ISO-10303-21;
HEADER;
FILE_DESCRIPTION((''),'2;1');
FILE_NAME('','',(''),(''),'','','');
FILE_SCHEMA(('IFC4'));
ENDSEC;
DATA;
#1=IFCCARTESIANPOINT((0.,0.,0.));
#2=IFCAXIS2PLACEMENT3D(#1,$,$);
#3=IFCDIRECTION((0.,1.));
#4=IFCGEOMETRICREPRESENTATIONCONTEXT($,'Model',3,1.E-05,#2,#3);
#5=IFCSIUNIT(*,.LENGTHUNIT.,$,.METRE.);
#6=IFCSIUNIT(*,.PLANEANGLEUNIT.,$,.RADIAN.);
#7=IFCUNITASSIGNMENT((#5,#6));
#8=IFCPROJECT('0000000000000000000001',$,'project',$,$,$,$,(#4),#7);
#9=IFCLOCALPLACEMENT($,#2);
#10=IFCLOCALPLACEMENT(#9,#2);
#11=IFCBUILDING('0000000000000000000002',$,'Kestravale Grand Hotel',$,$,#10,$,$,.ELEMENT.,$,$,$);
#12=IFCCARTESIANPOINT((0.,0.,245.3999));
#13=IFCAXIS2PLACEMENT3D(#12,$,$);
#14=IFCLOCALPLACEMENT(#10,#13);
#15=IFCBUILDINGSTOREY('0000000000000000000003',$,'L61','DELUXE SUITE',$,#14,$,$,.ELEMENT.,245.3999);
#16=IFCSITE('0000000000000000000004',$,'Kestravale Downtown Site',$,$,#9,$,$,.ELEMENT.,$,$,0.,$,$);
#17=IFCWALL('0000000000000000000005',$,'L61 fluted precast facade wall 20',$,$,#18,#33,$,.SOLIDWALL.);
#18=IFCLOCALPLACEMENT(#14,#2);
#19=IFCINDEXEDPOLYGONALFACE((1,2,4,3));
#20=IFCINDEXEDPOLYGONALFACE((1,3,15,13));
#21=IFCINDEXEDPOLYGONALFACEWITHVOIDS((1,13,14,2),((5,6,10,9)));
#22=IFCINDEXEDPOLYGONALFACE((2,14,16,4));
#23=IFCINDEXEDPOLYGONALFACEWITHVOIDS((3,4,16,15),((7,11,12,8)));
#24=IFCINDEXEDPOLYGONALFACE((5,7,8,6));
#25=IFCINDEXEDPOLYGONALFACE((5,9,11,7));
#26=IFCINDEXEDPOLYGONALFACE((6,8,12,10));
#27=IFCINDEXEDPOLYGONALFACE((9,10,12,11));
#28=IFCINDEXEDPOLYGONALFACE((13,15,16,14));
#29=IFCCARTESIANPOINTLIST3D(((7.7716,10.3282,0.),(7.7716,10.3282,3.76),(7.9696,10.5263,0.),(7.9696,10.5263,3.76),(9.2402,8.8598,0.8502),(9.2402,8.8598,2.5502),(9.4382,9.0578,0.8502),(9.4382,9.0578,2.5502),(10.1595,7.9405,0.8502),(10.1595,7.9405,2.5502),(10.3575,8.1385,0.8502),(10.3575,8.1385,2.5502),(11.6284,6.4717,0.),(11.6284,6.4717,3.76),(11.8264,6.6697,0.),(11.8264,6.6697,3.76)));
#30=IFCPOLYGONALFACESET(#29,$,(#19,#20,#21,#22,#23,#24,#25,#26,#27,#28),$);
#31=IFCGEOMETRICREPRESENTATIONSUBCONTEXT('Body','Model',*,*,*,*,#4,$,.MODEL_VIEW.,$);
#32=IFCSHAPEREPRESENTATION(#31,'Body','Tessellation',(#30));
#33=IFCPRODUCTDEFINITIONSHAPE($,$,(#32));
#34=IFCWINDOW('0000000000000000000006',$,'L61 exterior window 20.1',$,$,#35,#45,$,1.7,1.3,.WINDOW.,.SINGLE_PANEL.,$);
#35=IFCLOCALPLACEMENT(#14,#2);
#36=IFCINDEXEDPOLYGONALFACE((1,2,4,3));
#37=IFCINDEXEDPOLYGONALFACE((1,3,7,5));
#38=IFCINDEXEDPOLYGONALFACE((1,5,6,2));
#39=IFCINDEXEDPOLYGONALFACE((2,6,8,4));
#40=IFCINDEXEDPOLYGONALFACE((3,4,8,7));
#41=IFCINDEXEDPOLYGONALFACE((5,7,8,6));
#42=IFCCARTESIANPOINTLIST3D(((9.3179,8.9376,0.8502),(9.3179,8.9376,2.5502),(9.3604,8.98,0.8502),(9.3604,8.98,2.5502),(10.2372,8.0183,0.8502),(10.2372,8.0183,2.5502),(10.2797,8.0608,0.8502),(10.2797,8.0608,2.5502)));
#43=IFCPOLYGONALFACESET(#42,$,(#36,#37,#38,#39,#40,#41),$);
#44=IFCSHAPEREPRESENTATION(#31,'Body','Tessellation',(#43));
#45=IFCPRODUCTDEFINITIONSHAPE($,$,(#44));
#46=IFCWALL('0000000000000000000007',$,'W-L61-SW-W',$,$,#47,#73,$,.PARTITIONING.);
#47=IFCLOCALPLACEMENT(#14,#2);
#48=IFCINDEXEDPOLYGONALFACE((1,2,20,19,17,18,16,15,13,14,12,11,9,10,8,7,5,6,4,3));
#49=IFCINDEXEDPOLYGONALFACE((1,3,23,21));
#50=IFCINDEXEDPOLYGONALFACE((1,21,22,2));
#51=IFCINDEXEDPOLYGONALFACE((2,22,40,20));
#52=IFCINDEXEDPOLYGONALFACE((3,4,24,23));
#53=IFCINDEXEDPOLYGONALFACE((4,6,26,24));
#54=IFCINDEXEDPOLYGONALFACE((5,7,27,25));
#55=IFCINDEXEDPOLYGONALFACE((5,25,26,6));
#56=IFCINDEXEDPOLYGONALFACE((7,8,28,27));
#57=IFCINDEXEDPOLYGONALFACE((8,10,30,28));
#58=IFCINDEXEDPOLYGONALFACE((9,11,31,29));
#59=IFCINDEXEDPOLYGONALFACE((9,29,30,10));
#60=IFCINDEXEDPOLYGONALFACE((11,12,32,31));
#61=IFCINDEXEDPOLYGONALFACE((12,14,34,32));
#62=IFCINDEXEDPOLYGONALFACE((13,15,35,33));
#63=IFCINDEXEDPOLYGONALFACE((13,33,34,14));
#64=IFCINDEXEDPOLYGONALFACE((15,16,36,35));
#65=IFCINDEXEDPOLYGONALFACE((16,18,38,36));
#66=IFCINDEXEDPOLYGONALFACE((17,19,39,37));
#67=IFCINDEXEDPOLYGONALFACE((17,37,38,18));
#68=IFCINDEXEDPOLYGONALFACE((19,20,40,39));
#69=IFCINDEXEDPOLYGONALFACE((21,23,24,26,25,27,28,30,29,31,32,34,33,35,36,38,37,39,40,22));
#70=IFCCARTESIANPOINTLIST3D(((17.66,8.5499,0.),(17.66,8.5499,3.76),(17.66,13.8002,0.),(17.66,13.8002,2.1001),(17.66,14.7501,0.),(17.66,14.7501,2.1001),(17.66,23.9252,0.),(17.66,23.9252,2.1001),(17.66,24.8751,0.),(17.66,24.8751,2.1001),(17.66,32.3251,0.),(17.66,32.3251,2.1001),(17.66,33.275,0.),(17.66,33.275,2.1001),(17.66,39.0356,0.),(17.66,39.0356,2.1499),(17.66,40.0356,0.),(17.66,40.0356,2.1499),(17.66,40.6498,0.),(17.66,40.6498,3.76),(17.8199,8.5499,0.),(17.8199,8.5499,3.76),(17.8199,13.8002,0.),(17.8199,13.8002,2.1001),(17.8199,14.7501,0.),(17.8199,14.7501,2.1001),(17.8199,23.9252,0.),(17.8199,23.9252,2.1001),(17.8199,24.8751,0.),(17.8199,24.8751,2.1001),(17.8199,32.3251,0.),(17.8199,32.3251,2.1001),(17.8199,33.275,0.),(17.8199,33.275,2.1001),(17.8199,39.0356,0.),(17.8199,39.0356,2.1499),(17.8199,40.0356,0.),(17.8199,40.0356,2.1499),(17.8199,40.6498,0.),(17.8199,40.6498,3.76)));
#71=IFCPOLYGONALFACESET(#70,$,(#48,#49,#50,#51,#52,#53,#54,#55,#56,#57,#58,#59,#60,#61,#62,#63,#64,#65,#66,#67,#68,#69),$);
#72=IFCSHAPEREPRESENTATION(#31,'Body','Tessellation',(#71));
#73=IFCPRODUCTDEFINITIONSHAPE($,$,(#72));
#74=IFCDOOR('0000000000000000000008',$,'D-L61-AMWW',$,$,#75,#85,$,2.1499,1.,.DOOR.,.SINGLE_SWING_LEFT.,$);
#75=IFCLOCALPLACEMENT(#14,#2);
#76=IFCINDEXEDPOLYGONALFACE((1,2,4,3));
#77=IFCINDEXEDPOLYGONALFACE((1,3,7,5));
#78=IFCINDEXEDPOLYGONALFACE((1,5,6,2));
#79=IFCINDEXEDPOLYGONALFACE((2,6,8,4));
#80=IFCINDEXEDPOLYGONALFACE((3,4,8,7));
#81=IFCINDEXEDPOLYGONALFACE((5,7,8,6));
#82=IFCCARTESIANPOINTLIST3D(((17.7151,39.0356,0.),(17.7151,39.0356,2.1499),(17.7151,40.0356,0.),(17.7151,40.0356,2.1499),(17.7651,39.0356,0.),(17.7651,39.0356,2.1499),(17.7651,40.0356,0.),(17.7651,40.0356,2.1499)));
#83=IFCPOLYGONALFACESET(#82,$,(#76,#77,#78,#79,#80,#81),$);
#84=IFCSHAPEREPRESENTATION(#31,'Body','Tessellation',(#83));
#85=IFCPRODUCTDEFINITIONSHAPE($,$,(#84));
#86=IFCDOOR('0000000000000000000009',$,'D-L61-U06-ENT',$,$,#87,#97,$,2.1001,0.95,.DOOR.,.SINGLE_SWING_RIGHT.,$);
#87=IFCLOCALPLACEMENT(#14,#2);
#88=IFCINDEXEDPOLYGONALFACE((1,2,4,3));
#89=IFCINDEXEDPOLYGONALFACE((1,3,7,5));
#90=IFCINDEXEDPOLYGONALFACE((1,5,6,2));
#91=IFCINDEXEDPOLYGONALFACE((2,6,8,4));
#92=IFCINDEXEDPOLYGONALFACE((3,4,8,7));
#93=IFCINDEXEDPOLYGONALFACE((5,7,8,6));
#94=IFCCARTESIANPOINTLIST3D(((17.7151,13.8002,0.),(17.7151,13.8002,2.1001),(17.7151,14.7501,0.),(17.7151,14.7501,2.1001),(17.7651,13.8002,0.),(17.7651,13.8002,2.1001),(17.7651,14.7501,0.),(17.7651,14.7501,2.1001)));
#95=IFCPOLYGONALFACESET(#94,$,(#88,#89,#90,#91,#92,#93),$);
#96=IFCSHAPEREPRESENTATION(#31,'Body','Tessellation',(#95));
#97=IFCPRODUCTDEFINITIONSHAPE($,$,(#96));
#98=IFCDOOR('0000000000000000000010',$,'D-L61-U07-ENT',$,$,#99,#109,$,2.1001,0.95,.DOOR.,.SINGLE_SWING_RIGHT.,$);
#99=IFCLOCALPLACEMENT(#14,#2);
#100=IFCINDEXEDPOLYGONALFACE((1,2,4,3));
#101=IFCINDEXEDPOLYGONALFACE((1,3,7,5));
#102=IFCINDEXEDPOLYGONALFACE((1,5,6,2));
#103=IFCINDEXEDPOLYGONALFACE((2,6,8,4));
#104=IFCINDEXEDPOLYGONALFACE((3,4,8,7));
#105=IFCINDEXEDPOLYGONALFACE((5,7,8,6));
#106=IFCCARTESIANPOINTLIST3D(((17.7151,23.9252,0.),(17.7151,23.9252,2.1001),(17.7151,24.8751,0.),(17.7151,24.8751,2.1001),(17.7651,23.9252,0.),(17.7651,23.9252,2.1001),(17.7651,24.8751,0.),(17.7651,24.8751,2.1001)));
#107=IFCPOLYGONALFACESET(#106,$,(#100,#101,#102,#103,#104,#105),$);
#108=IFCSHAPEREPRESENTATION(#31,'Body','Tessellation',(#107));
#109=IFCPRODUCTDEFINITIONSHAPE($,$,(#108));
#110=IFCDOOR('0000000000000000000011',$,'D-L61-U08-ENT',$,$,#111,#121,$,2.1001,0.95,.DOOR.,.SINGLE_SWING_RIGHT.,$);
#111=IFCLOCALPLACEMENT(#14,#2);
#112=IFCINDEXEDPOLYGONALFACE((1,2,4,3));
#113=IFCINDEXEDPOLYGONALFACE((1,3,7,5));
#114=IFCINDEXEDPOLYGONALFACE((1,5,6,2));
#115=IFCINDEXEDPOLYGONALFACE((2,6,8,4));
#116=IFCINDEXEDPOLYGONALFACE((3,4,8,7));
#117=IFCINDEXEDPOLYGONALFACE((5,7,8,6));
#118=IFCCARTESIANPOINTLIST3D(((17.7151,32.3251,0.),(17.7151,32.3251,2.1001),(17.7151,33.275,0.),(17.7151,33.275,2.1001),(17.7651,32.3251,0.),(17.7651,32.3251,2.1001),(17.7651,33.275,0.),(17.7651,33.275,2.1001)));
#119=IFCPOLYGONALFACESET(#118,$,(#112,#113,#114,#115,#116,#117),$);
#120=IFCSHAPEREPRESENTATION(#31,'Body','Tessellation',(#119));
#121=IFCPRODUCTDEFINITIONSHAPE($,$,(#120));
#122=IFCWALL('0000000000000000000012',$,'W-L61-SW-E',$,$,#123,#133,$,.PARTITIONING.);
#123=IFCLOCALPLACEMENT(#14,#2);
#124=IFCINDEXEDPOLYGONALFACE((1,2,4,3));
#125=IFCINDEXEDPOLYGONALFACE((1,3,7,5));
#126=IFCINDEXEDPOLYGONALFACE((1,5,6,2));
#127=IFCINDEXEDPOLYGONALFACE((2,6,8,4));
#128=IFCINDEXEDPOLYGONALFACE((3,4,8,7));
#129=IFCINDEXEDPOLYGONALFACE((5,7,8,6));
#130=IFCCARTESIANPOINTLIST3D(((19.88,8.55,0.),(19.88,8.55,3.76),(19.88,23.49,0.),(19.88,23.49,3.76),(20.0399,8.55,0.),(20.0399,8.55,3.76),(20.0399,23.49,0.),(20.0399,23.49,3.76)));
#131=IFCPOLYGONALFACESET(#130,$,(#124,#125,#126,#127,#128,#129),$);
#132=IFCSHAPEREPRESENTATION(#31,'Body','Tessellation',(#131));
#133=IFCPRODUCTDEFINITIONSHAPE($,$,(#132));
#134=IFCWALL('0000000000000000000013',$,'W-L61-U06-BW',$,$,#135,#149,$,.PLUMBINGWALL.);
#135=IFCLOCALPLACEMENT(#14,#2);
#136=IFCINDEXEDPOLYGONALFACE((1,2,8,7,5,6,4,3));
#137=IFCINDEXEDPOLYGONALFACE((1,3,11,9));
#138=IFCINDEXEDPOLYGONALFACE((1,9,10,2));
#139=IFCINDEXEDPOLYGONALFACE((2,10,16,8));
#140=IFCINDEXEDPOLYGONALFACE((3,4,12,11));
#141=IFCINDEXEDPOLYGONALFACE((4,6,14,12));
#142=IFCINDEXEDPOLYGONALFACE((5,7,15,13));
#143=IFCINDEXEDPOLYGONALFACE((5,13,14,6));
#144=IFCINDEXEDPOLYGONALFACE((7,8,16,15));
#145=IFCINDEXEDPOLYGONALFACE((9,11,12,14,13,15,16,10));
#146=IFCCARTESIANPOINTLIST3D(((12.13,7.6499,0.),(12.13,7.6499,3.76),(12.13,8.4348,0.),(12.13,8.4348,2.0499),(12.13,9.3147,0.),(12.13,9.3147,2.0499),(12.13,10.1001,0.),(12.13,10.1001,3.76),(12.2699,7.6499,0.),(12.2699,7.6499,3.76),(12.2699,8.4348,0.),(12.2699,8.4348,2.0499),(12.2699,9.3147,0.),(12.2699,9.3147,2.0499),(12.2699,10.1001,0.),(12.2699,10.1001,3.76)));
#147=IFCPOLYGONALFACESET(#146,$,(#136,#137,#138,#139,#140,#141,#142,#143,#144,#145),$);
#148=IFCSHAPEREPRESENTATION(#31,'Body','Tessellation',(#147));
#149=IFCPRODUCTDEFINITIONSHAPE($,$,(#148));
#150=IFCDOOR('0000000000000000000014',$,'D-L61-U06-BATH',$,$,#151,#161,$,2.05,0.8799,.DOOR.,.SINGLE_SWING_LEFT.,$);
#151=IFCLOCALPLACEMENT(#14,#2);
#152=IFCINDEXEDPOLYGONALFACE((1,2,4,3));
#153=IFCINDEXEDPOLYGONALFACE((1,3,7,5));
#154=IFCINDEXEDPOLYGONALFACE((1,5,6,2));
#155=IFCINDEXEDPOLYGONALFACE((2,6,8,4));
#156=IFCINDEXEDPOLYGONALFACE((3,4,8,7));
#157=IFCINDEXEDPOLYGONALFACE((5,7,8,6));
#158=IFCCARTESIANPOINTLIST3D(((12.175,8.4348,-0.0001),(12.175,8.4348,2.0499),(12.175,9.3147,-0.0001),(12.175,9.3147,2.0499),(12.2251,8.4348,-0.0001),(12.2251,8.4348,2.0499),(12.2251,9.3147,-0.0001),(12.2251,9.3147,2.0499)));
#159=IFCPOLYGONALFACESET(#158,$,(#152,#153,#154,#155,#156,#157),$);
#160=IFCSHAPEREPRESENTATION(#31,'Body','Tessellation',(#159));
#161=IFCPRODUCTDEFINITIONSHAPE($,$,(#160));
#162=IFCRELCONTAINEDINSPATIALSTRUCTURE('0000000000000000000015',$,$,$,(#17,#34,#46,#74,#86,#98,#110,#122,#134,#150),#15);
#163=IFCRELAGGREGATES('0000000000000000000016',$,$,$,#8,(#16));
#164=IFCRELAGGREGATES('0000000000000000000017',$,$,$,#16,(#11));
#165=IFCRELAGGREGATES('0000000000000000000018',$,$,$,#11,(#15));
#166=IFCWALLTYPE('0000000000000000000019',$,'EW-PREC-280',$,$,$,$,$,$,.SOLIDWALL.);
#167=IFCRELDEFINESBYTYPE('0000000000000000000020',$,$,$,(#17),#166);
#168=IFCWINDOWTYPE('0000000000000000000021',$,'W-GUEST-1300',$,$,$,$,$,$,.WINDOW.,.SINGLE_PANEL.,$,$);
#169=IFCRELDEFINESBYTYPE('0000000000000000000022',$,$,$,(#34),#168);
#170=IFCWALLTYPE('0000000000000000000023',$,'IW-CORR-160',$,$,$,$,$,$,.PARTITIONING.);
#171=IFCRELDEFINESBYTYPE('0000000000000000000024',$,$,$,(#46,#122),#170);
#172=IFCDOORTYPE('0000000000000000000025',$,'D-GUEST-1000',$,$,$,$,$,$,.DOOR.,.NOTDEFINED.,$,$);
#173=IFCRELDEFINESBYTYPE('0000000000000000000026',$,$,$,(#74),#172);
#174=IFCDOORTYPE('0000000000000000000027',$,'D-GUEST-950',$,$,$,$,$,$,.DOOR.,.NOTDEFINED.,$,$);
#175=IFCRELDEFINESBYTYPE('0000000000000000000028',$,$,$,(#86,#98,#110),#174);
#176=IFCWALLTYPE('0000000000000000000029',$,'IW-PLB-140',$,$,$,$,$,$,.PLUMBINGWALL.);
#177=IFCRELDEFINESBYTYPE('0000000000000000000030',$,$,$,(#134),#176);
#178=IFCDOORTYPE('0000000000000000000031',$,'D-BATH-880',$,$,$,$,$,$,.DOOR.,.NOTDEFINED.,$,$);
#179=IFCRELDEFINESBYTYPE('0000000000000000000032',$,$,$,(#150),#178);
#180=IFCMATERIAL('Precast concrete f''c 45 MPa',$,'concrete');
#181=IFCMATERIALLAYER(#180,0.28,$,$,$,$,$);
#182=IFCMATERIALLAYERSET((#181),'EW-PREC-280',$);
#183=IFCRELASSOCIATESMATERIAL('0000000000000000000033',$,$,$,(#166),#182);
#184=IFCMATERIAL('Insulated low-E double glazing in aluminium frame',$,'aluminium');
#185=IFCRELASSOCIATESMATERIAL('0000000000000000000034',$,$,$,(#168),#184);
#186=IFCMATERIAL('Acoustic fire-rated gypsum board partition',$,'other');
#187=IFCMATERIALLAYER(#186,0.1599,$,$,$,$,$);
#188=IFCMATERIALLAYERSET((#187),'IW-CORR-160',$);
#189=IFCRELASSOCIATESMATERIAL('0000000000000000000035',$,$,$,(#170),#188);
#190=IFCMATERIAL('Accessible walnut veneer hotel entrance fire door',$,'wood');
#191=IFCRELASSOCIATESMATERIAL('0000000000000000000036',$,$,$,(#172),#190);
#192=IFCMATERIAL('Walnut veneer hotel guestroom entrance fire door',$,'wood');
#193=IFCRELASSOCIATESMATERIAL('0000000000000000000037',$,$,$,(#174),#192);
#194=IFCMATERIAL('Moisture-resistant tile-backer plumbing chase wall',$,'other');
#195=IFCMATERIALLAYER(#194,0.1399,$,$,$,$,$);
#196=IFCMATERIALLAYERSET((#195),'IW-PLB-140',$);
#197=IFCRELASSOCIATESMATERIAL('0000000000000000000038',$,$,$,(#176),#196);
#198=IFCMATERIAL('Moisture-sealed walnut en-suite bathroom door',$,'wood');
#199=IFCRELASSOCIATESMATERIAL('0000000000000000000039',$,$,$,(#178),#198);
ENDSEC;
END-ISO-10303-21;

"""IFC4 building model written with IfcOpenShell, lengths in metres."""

from ifc_helpers import new_model, si_unit, direction, frame, frame_2d, origin, place, context, subcontext, project, spatial, rectangle, extrude, material, layer, layer_set, type_object, element, fill, save


model = new_model("IFC4")

# Units and contexts
model_context = context("Model", 3, precision=1e-05, world=origin(), true_north=direction((0.0, 1.0)))
body_context = subcontext(model_context, "Body", "Model", "MODEL_VIEW")
ifc_project = project(units=[si_unit("LENGTHUNIT", "METRE"), si_unit("PLANEANGLEUNIT", "RADIAN")], contexts=[model_context])

# Site, building, storey
site_placement = place(None, origin())
site = spatial("IfcSite", under=ifc_project, at=site_placement, Name="Kestravale Downtown Site", CompositionType="ELEMENT", RefElevation=0.0)
building_placement = place(site_placement, origin())
building = spatial("IfcBuilding", under=site, at=building_placement, Name="Kestravale Grand Hotel", CompositionType="ELEMENT")
storey_placement = place(building_placement, frame((0.0, 0.0, 245.3999)))
storey = spatial("IfcBuildingStorey", under=building, at=storey_placement, Name="L61", Description="DELUXE SUITE", CompositionType="ELEMENT", Elevation=245.3999)

# Shared definitions
ifc_material_1 = material(Name="Precast concrete f'c 45 MPa", Category="concrete")
ifc_layer_1 = layer(ifc_material_1, 0.28)
ifc_layer_set_1 = layer_set([ifc_layer_1], Name="EW-PREC-280")
wall_type_1 = type_object("IfcWallType", Name="EW-PREC-280", PredefinedType="SOLIDWALL", material=ifc_layer_set_1)
ifc_material_2 = material(Name="Insulated low-E double glazing in aluminium frame", Category="aluminium")
window_type = type_object("IfcWindowType", Name="W-GUEST-1300", PartitioningType="SINGLE_PANEL", PredefinedType="WINDOW", material=ifc_material_2)

# Wall, opening, window
wall_1_placement = place(storey_placement, frame((7.8706, 10.4272, 0.0), z_axis=(0.0, 0.0, 1.0), x_axis=(0.707129, -0.707084, 0.0)))
wall_1 = element("IfcWall", 1, at=wall_1_placement, inside=storey, type_object=wall_type_1, Name="L61 fluted precast facade wall 20", PredefinedType="SOLIDWALL", context=body_context, shape_type="SweptSolid", body=[
    extrude(rectangle(XDim=5.4541, YDim=0.28, at=frame_2d((2.7271, 0.0))), origin(), (0.0, 0.0, 1.0), 3.76),
])
opening_1_placement = place(wall_1_placement, frame((2.0769, 0.0, 0.8501)))
opening_1 = element("IfcOpeningElement", 2, at=opening_1_placement, cuts=wall_1, PredefinedType="OPENING", context=body_context, shape_type="SweptSolid", body=[
    extrude(rectangle(XDim=1.3, YDim=1.7, at=frame_2d((0.6499, 0.8501))), frame((0.0, 0.1499, 0.0), z_axis=(0.0, -1.0, 0.0), x_axis=(1.0, 0.0, 0.0)), (0.0, 0.0, 1.0), 0.3),
])
window_1_placement = place(opening_1_placement, origin())
window_1 = element("IfcWindow", 3, at=window_1_placement, inside=storey, type_object=window_type, Name="L61 exterior window 20.1", OverallHeight=1.7, OverallWidth=1.3, PartitioningType="SINGLE_PANEL", PredefinedType="WINDOW", context=body_context, shape_type="SweptSolid", body=[
    extrude(rectangle(XDim=1.3, YDim=1.7, at=frame_2d((0.6499, 0.8501))), frame((0.0, 0.03, 0.0), z_axis=(0.0, -1.0, 0.0), x_axis=(1.0, 0.0, 0.0)), (0.0, 0.0, 1.0), 0.0601),
])
fill(opening_1, window_1)

# Wall, openings, doors
ifc_material_3 = material(Name="Acoustic fire-rated gypsum board partition", Category="other")
ifc_layer_2 = layer(ifc_material_3, 0.1599)
ifc_layer_set_2 = layer_set([ifc_layer_2], Name="IW-CORR-160")
wall_type_2 = type_object("IfcWallType", Name="IW-CORR-160", PredefinedType="PARTITIONING", material=ifc_layer_set_2)
wall_2_placement = place(storey_placement, frame((17.74, 8.55, 0.0), z_axis=(0.0, 0.0, 1.0), x_axis=(0.0, 1.0, 0.0)))
wall_2 = element("IfcWall", 4, at=wall_2_placement, inside=storey, type_object=wall_type_2, Name="W-L61-SW-W", PredefinedType="PARTITIONING", context=body_context, shape_type="SweptSolid", body=[
    extrude(rectangle(XDim=32.0999, YDim=0.1599, at=frame_2d((16.0498, 0.0))), origin(), (0.0, 0.0, 1.0), 3.76),
])
opening_2_placement = place(wall_2_placement, frame((5.25, 0.0, 0.0)))
opening_2 = element("IfcOpeningElement", 5, at=opening_2_placement, cuts=wall_2, PredefinedType="OPENING", context=body_context, shape_type="SweptSolid", body=[
    extrude(rectangle(XDim=0.95, YDim=2.1001, at=frame_2d((0.4751, 1.05))), frame((0.0, 0.0898, 0.0), z_axis=(0.0, -1.0, 0.0), x_axis=(1.0, 0.0, 0.0)), (0.0, 0.0, 1.0), 0.1799),
])
opening_3_placement = place(wall_2_placement, frame((15.375, 0.0, 0.0)))
opening_3 = element("IfcOpeningElement", 6, at=opening_3_placement, cuts=wall_2, PredefinedType="OPENING", context=body_context, shape_type="SweptSolid", body=[
    extrude(rectangle(XDim=0.95, YDim=2.1001, at=frame_2d((0.4751, 1.05))), frame((0.0, 0.0898, 0.0), z_axis=(0.0, -1.0, 0.0), x_axis=(1.0, 0.0, 0.0)), (0.0, 0.0, 1.0), 0.1799),
])
opening_4_placement = place(wall_2_placement, frame((23.7749, 0.0, 0.0)))
opening_4 = element("IfcOpeningElement", 7, at=opening_4_placement, cuts=wall_2, PredefinedType="OPENING", context=body_context, shape_type="SweptSolid", body=[
    extrude(rectangle(XDim=0.95, YDim=2.1001, at=frame_2d((0.4751, 1.05))), frame((0.0, 0.0898, 0.0), z_axis=(0.0, -1.0, 0.0), x_axis=(1.0, 0.0, 0.0)), (0.0, 0.0, 1.0), 0.1799),
])
opening_5_placement = place(wall_2_placement, frame((30.4856, 0.0, 0.0)))
opening_5 = element("IfcOpeningElement", 8, at=opening_5_placement, cuts=wall_2, PredefinedType="OPENING", context=body_context, shape_type="SweptSolid", body=[
    extrude(rectangle(XDim=1.0, YDim=2.1499, at=frame_2d((0.5, 1.075))), frame((0.0, 0.0898, 0.0), z_axis=(0.0, -1.0, 0.0), x_axis=(1.0, 0.0, 0.0)), (0.0, 0.0, 1.0), 0.1799),
])
ifc_material_4 = material(Name="Accessible walnut veneer hotel entrance fire door", Category="wood")
door_type_1 = type_object("IfcDoorType", Name="D-GUEST-1000", OperationType="NOTDEFINED", PredefinedType="DOOR", material=ifc_material_4)
door_1_placement = place(opening_5_placement, origin())
door_1 = element("IfcDoor", 9, at=door_1_placement, inside=storey, type_object=door_type_1, Name="D-L61-AMWW", OperationType="SINGLE_SWING_LEFT", OverallHeight=2.1499, OverallWidth=1.0, PredefinedType="DOOR", context=body_context, shape_type="SweptSolid", body=[
    extrude(rectangle(XDim=1.0, YDim=2.1499, at=frame_2d((0.5, 1.075))), frame((0.0, 0.0249, 0.0), z_axis=(0.0, -1.0, 0.0), x_axis=(1.0, 0.0, 0.0)), (0.0, 0.0, 1.0), 0.05),
])
fill(opening_5, door_1)
ifc_material_5 = material(Name="Walnut veneer hotel guestroom entrance fire door", Category="wood")
door_type_2 = type_object("IfcDoorType", Name="D-GUEST-950", OperationType="NOTDEFINED", PredefinedType="DOOR", material=ifc_material_5)
door_2_placement = place(opening_2_placement, origin())
door_2 = element("IfcDoor", 10, at=door_2_placement, inside=storey, type_object=door_type_2, Name="D-L61-U06-ENT", OperationType="SINGLE_SWING_RIGHT", OverallHeight=2.1001, OverallWidth=0.95, PredefinedType="DOOR", context=body_context, shape_type="SweptSolid", body=[
    extrude(rectangle(XDim=0.95, YDim=2.1001, at=frame_2d((0.4751, 1.05))), frame((0.0, 0.0249, 0.0), z_axis=(0.0, -1.0, 0.0), x_axis=(1.0, 0.0, 0.0)), (0.0, 0.0, 1.0), 0.05),
])
fill(opening_2, door_2)
door_3_placement = place(opening_3_placement, origin())
door_3 = element("IfcDoor", 11, at=door_3_placement, inside=storey, type_object=door_type_2, Name="D-L61-U07-ENT", OperationType="SINGLE_SWING_RIGHT", OverallHeight=2.1001, OverallWidth=0.95, PredefinedType="DOOR", context=body_context, shape_type="SweptSolid", body=[
    extrude(rectangle(XDim=0.95, YDim=2.1001, at=frame_2d((0.4751, 1.05))), frame((0.0, 0.0249, 0.0), z_axis=(0.0, -1.0, 0.0), x_axis=(1.0, 0.0, 0.0)), (0.0, 0.0, 1.0), 0.05),
])
fill(opening_3, door_3)
door_4_placement = place(opening_4_placement, origin())
door_4 = element("IfcDoor", 12, at=door_4_placement, inside=storey, type_object=door_type_2, Name="D-L61-U08-ENT", OperationType="SINGLE_SWING_RIGHT", OverallHeight=2.1001, OverallWidth=0.95, PredefinedType="DOOR", context=body_context, shape_type="SweptSolid", body=[
    extrude(rectangle(XDim=0.95, YDim=2.1001, at=frame_2d((0.4751, 1.05))), frame((0.0, 0.0249, 0.0), z_axis=(0.0, -1.0, 0.0), x_axis=(1.0, 0.0, 0.0)), (0.0, 0.0, 1.0), 0.05),
])
fill(opening_4, door_4)

# Wall
wall_3_placement = place(storey_placement, frame((19.96, 8.55, 0.0), z_axis=(0.0, 0.0, 1.0), x_axis=(0.0, 1.0, 0.0)))
element("IfcWall", 13, at=wall_3_placement, inside=storey, type_object=wall_type_2, Name="W-L61-SW-E", PredefinedType="PARTITIONING", context=body_context, shape_type="SweptSolid", body=[
    extrude(rectangle(XDim=14.9399, YDim=0.1599, at=frame_2d((7.47, 0.0))), origin(), (0.0, 0.0, 1.0), 3.76),
])

# Wall, opening, door
ifc_material_6 = material(Name="Moisture-resistant tile-backer plumbing chase wall", Category="other")
ifc_layer_3 = layer(ifc_material_6, 0.1399)
ifc_layer_set_3 = layer_set([ifc_layer_3], Name="IW-PLB-140")
wall_type_3 = type_object("IfcWallType", Name="IW-PLB-140", PredefinedType="PLUMBINGWALL", material=ifc_layer_set_3)
wall_4_placement = place(storey_placement, frame((12.2, 7.6499, 0.0), z_axis=(0.0, 0.0, 1.0), x_axis=(0.0, 1.0, 0.0)))
wall_4 = element("IfcWall", 14, at=wall_4_placement, inside=storey, type_object=wall_type_3, Name="W-L61-U06-BW", PredefinedType="PLUMBINGWALL", context=body_context, shape_type="SweptSolid", body=[
    extrude(rectangle(XDim=2.4502, YDim=0.1399, at=frame_2d((1.2251, 0.0))), origin(), (0.0, 0.0, 1.0), 3.76),
])
opening_6_placement = place(wall_4_placement, frame((0.7849, 0.0, 0.0)))
opening_6 = element("IfcOpeningElement", 15, at=opening_6_placement, cuts=wall_4, PredefinedType="OPENING", context=body_context, shape_type="SweptSolid", body=[
    extrude(rectangle(XDim=0.8799, YDim=2.05, at=frame_2d((0.4399, 1.0249))), frame((0.0, 0.0798, 0.0), z_axis=(0.0, -1.0, 0.0), x_axis=(1.0, 0.0, 0.0)), (0.0, 0.0, 1.0), 0.1599),
])
ifc_material_7 = material(Name="Moisture-sealed walnut en-suite bathroom door", Category="wood")
door_type_3 = type_object("IfcDoorType", Name="D-BATH-880", OperationType="NOTDEFINED", PredefinedType="DOOR", material=ifc_material_7)
door_5_placement = place(opening_6_placement, origin())
door_5 = element("IfcDoor", 16, at=door_5_placement, inside=storey, type_object=door_type_3, Name="D-L61-U06-BATH", OperationType="SINGLE_SWING_LEFT", OverallHeight=2.05, OverallWidth=0.8799, PredefinedType="DOOR", context=body_context, shape_type="SweptSolid", body=[
    extrude(rectangle(XDim=0.8799, YDim=2.05, at=frame_2d((0.4399, 1.0249))), frame((0.0, 0.0249, 0.0), z_axis=(0.0, -1.0, 0.0), x_axis=(1.0, 0.0, 0.0)), (0.0, 0.0, 1.0), 0.05),
])
fill(opening_6, door_5)

save(model, "model.ifc")
